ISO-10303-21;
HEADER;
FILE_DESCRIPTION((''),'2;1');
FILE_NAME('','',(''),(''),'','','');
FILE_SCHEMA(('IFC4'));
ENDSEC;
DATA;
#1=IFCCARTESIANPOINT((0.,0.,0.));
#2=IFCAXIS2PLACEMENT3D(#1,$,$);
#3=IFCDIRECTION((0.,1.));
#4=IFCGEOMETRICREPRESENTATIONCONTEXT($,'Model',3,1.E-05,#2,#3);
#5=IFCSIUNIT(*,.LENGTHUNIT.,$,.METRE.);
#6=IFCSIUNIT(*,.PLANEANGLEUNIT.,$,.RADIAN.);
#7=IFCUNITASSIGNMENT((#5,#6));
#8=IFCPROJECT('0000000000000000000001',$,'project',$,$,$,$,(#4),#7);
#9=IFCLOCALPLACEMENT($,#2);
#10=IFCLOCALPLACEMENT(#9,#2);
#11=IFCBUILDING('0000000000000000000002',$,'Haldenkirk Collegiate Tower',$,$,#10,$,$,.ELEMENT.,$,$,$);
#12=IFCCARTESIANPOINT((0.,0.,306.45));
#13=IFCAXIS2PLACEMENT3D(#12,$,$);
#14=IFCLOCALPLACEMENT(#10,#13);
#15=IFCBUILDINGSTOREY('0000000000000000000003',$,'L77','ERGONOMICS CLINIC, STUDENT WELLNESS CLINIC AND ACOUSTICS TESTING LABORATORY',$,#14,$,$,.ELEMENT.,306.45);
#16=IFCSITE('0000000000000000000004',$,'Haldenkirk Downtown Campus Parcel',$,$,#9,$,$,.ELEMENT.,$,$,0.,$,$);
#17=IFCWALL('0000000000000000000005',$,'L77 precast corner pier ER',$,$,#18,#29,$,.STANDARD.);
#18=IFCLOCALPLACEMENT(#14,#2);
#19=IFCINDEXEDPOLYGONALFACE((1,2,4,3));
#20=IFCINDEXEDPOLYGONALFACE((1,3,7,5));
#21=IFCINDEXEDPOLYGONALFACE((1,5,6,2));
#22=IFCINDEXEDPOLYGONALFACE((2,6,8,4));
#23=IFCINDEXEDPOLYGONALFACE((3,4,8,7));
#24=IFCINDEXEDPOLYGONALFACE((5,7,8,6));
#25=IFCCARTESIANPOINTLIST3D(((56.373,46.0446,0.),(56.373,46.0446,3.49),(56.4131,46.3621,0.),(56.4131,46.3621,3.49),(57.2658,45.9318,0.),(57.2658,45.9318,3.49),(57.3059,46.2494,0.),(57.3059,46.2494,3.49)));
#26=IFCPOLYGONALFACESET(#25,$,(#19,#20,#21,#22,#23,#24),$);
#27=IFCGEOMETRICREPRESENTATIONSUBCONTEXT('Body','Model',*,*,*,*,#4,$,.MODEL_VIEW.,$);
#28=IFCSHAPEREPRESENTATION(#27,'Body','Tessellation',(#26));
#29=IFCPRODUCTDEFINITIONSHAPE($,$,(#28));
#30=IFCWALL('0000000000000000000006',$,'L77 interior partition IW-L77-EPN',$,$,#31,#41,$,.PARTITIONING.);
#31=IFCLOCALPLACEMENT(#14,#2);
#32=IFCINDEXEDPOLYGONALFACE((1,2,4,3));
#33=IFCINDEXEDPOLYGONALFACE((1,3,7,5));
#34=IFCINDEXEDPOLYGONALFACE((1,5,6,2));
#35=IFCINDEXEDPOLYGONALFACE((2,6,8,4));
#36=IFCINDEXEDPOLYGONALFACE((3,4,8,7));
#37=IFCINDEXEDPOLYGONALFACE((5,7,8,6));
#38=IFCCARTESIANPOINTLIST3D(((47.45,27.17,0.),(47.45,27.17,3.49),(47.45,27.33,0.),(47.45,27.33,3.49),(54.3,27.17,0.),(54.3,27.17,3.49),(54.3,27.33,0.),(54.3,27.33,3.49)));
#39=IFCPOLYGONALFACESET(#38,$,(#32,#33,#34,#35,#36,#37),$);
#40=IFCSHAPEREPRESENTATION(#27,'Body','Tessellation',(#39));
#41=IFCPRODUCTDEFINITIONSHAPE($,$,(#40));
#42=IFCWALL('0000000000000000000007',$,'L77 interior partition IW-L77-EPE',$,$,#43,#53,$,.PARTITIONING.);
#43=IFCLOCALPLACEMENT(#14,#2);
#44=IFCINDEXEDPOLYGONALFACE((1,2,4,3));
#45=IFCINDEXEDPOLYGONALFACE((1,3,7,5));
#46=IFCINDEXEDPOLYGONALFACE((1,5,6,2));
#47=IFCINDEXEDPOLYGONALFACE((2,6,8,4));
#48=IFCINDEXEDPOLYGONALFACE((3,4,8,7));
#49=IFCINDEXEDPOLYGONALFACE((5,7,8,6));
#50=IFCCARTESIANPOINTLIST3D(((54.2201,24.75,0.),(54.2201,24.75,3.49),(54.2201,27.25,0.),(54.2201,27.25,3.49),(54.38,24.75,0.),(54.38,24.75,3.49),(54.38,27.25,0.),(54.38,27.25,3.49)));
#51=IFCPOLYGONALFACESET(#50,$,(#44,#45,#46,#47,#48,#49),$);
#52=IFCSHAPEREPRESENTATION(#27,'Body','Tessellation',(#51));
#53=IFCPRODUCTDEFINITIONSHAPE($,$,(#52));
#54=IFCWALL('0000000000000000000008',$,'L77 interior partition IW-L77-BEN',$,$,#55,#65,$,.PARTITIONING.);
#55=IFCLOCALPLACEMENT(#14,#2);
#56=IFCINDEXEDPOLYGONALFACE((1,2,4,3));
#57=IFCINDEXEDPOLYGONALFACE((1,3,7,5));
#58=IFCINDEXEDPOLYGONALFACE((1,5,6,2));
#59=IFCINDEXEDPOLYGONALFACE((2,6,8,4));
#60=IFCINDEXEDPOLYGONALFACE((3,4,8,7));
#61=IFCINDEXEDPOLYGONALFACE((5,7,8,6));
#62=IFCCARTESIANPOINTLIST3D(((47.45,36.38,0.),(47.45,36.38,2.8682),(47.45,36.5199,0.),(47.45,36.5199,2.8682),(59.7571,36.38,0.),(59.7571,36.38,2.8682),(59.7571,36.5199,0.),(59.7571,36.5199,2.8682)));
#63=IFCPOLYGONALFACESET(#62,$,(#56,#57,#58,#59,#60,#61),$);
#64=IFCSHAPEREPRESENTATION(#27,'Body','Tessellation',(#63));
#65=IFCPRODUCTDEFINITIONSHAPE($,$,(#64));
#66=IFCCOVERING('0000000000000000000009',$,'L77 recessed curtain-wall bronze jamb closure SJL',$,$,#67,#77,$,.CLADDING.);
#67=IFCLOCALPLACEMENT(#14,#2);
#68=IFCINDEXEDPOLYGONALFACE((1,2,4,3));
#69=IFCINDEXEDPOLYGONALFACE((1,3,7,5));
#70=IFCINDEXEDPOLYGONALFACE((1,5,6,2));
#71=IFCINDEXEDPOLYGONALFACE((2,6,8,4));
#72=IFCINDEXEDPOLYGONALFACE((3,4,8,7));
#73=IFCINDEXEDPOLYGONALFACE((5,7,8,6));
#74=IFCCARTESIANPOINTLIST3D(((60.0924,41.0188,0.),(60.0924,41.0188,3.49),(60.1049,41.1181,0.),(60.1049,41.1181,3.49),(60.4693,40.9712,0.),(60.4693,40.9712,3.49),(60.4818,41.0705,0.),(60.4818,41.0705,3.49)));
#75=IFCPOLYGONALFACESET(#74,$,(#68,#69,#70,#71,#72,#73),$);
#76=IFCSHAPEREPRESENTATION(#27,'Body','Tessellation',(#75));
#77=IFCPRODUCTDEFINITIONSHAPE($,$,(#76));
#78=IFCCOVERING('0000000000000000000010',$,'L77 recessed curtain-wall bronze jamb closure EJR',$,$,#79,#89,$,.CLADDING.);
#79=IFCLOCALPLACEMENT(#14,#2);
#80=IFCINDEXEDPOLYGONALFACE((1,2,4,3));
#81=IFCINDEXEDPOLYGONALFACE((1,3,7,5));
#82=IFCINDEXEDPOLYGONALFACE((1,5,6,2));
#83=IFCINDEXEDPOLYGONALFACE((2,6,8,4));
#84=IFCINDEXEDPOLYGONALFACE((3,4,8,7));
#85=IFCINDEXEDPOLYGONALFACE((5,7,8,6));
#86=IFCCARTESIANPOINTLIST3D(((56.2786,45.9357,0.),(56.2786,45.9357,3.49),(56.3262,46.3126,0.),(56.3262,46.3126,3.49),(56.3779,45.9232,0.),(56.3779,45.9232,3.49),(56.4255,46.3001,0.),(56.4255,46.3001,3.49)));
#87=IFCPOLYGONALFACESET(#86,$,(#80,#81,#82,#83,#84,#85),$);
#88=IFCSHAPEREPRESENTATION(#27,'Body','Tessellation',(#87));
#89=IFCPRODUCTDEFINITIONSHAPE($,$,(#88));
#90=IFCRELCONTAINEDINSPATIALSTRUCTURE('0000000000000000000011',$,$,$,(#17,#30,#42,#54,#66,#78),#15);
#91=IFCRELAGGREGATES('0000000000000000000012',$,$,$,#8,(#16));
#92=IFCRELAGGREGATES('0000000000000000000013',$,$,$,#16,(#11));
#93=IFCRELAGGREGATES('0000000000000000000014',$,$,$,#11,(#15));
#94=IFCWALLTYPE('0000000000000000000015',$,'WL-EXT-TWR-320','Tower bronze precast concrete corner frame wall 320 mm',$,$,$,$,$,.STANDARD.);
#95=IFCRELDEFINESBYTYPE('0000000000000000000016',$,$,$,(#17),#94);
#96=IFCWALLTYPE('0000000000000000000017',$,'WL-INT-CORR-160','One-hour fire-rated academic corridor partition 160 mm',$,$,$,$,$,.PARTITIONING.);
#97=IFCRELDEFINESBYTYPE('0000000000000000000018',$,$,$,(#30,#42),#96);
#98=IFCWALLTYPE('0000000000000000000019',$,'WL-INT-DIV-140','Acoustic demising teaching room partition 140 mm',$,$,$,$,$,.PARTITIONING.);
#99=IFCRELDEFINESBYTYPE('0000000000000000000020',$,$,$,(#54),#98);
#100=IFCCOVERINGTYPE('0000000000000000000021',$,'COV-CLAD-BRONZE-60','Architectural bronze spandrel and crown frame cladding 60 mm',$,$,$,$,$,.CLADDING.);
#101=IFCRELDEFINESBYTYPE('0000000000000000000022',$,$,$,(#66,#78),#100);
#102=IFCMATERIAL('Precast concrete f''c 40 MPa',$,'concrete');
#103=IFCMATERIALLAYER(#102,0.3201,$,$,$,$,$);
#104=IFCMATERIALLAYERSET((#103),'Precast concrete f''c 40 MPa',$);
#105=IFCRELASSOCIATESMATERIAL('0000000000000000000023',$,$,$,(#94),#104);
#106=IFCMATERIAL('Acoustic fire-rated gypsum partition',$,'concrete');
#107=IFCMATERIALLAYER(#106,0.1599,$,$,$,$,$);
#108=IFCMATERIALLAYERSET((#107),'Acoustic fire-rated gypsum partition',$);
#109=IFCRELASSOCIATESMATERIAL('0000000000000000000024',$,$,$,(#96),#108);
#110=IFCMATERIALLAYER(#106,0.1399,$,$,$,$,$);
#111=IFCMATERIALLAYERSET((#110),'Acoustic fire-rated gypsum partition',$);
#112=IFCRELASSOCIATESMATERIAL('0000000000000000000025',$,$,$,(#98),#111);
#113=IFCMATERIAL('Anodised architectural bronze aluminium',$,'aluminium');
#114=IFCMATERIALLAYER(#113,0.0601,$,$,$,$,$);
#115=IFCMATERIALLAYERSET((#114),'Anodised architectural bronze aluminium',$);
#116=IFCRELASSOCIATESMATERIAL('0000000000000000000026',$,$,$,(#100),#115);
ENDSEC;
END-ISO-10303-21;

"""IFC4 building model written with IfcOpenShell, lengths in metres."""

from ifc_helpers import new_model, si_unit, direction, frame, frame_2d, origin, origin_2d, place, context, subcontext, project, spatial, rectangle, extrude, source, transform, mapped, material, layer, layer_set, type_object, element, save


model = new_model("IFC4")

# Units and contexts
model_context = context("Model", 3, precision=1e-05, world=origin(), true_north=direction((0.0, 1.0)))
body_context = subcontext(model_context, "Body", "Model", "MODEL_VIEW")
ifc_project = project(units=[si_unit("LENGTHUNIT", "METRE"), si_unit("PLANEANGLEUNIT", "RADIAN")], contexts=[model_context])

# Site, building, storey
site_placement = place(None, origin())
site = spatial("IfcSite", under=ifc_project, at=site_placement, Name="Haldenkirk Downtown Campus Parcel", CompositionType="ELEMENT", RefElevation=0.0)
building_placement = place(site_placement, origin())
building = spatial("IfcBuilding", under=site, at=building_placement, Name="Haldenkirk Collegiate Tower", CompositionType="ELEMENT")
storey_placement = place(building_placement, frame((0.0, 0.0, 306.45)))
storey = spatial("IfcBuildingStorey", under=building, at=storey_placement, Name="L77", Description="ERGONOMICS CLINIC, STUDENT WELLNESS CLINIC AND ACOUSTICS TESTING LABORATORY", CompositionType="ELEMENT", Elevation=306.45)

# Shared definitions
ifc_material_1 = material(Name="Anodised architectural bronze aluminium", Category="aluminium")

# Shared definitions
ifc_material_2 = material(Name="Precast concrete f'c 40 MPa", Category="concrete")
ifc_layer_1 = layer(ifc_material_2, 0.3201)
ifc_layer_set_1 = layer_set([ifc_layer_1], Name="Precast concrete f'c 40 MPa")
wall_type_1 = type_object("IfcWallType", Name="WL-EXT-TWR-320", Description="Tower bronze precast concrete corner frame wall 320 mm", PredefinedType="STANDARD", material=ifc_layer_set_1)

# Walls
wall_1_placement = place(storey_placement, frame((56.3931, 46.2034, 0.0), z_axis=(0.0, 0.0, 1.0), x_axis=(0.992114, -0.125337, 0.0)))
element("IfcWall", 1, at=wall_1_placement, inside=storey, type_object=wall_type_1, Name="L77 precast corner pier ER", PredefinedType="STANDARD", context=body_context, shape_type="SweptSolid", body=[
    extrude(rectangle(XDim=0.8999, YDim=0.3201, at=frame_2d((0.45, 0.0))), origin(), (0.0, 0.0, 1.0), 3.49),
])
ifc_material_3 = material(Name="Acoustic fire-rated gypsum partition", Category="concrete")
ifc_layer_2 = layer(ifc_material_3, 0.1599)
ifc_layer_set_2 = layer_set([ifc_layer_2], Name="Acoustic fire-rated gypsum partition")
wall_type_2 = type_object("IfcWallType", Name="WL-INT-CORR-160", Description="One-hour fire-rated academic corridor partition 160 mm", PredefinedType="PARTITIONING", material=ifc_layer_set_2)
wall_2_placement = place(storey_placement, frame((47.45, 27.25, 0.0), z_axis=(0.0, 0.0, 1.0), x_axis=(1.0, 0.0, 0.0)))
element("IfcWall", 2, at=wall_2_placement, inside=storey, type_object=wall_type_2, Name="L77 interior partition IW-L77-EPN", PredefinedType="PARTITIONING", context=body_context, shape_type="SweptSolid", body=[
    extrude(rectangle(XDim=6.8501, YDim=0.1599, at=frame_2d((3.425, 0.0))), origin(), (0.0, 0.0, 1.0), 3.49),
])
wall_3_placement = place(storey_placement, frame((54.3, 24.75, 0.0), z_axis=(0.0, 0.0, 1.0), x_axis=(0.0, 1.0, 0.0)))
element("IfcWall", 3, at=wall_3_placement, inside=storey, type_object=wall_type_2, Name="L77 interior partition IW-L77-EPE", PredefinedType="PARTITIONING", context=body_context, shape_type="SweptSolid", body=[
    extrude(rectangle(XDim=2.5, YDim=0.1599, at=frame_2d((1.25, 0.0))), origin(), (0.0, 0.0, 1.0), 3.49),
])
ifc_layer_3 = layer(ifc_material_3, 0.1399)
ifc_layer_set_3 = layer_set([ifc_layer_3], Name="Acoustic fire-rated gypsum partition")
wall_type_3 = type_object("IfcWallType", Name="WL-INT-DIV-140", Description="Acoustic demising teaching room partition 140 mm", PredefinedType="PARTITIONING", material=ifc_layer_set_3)
wall_4_placement = place(storey_placement, frame((47.45, 36.45, 0.0), z_axis=(0.0, 0.0, 1.0), x_axis=(1.0, 0.0, 0.0)))
element("IfcWall", 4, at=wall_4_placement, inside=storey, type_object=wall_type_3, Name="L77 interior partition IW-L77-BEN", PredefinedType="PARTITIONING", context=body_context, shape_type="SweptSolid", body=[
    extrude(rectangle(XDim=12.3071, YDim=0.1399, at=frame_2d((6.1536, 0.0))), origin(), (0.0, 0.0, 1.0), 2.8682),
])

# Coverings
ifc_layer_4 = layer(ifc_material_1, 0.0601)
ifc_layer_set_4 = layer_set([ifc_layer_4], Name="Anodised architectural bronze aluminium")
covering_type = type_object("IfcCoveringType", Name="COV-CLAD-BRONZE-60", Description="Architectural bronze spandrel and crown frame cladding 60 mm", PredefinedType="CLADDING", material=ifc_layer_set_4)
shared_shape_1 = source(origin(), body_context, "Body", "SweptSolid", [
    extrude(rectangle(XDim=0.1001, YDim=0.3799, at=origin_2d()), origin(), (0.0, 0.0, 1.0), 3.49),
])
for number, where, z_axis, x_axis, name in (
    (5, (60.2871, 41.0447, 0.0), (0.0, 0.0, 1.0), (-0.125333, -0.992115, 0.0), "L77 recessed curtain-wall bronze jamb closure SJL"),
    (6, (56.3521, 46.1179, 0.0), (0.0, 0.0, 1.0), (0.992115, -0.125333, 0.0), "L77 recessed curtain-wall bronze jamb closure EJR"),
):
    element("IfcCovering", number, at=place(storey_placement, frame(where, z_axis=z_axis, x_axis=x_axis)), inside=storey, type_object=covering_type, Name=name, PredefinedType="CLADDING", context=body_context, shape_type="MappedRepresentation", body=[
        mapped(shared_shape_1, transform((0.0, 0.0, 0.0), x_axis=(1.0, 0.0, 0.0), y_axis=(0.0, 1.0, 0.0), z_axis=(0.0, 0.0, 1.0), scale=1.0)),
    ])

save(model, "model.ifc")
